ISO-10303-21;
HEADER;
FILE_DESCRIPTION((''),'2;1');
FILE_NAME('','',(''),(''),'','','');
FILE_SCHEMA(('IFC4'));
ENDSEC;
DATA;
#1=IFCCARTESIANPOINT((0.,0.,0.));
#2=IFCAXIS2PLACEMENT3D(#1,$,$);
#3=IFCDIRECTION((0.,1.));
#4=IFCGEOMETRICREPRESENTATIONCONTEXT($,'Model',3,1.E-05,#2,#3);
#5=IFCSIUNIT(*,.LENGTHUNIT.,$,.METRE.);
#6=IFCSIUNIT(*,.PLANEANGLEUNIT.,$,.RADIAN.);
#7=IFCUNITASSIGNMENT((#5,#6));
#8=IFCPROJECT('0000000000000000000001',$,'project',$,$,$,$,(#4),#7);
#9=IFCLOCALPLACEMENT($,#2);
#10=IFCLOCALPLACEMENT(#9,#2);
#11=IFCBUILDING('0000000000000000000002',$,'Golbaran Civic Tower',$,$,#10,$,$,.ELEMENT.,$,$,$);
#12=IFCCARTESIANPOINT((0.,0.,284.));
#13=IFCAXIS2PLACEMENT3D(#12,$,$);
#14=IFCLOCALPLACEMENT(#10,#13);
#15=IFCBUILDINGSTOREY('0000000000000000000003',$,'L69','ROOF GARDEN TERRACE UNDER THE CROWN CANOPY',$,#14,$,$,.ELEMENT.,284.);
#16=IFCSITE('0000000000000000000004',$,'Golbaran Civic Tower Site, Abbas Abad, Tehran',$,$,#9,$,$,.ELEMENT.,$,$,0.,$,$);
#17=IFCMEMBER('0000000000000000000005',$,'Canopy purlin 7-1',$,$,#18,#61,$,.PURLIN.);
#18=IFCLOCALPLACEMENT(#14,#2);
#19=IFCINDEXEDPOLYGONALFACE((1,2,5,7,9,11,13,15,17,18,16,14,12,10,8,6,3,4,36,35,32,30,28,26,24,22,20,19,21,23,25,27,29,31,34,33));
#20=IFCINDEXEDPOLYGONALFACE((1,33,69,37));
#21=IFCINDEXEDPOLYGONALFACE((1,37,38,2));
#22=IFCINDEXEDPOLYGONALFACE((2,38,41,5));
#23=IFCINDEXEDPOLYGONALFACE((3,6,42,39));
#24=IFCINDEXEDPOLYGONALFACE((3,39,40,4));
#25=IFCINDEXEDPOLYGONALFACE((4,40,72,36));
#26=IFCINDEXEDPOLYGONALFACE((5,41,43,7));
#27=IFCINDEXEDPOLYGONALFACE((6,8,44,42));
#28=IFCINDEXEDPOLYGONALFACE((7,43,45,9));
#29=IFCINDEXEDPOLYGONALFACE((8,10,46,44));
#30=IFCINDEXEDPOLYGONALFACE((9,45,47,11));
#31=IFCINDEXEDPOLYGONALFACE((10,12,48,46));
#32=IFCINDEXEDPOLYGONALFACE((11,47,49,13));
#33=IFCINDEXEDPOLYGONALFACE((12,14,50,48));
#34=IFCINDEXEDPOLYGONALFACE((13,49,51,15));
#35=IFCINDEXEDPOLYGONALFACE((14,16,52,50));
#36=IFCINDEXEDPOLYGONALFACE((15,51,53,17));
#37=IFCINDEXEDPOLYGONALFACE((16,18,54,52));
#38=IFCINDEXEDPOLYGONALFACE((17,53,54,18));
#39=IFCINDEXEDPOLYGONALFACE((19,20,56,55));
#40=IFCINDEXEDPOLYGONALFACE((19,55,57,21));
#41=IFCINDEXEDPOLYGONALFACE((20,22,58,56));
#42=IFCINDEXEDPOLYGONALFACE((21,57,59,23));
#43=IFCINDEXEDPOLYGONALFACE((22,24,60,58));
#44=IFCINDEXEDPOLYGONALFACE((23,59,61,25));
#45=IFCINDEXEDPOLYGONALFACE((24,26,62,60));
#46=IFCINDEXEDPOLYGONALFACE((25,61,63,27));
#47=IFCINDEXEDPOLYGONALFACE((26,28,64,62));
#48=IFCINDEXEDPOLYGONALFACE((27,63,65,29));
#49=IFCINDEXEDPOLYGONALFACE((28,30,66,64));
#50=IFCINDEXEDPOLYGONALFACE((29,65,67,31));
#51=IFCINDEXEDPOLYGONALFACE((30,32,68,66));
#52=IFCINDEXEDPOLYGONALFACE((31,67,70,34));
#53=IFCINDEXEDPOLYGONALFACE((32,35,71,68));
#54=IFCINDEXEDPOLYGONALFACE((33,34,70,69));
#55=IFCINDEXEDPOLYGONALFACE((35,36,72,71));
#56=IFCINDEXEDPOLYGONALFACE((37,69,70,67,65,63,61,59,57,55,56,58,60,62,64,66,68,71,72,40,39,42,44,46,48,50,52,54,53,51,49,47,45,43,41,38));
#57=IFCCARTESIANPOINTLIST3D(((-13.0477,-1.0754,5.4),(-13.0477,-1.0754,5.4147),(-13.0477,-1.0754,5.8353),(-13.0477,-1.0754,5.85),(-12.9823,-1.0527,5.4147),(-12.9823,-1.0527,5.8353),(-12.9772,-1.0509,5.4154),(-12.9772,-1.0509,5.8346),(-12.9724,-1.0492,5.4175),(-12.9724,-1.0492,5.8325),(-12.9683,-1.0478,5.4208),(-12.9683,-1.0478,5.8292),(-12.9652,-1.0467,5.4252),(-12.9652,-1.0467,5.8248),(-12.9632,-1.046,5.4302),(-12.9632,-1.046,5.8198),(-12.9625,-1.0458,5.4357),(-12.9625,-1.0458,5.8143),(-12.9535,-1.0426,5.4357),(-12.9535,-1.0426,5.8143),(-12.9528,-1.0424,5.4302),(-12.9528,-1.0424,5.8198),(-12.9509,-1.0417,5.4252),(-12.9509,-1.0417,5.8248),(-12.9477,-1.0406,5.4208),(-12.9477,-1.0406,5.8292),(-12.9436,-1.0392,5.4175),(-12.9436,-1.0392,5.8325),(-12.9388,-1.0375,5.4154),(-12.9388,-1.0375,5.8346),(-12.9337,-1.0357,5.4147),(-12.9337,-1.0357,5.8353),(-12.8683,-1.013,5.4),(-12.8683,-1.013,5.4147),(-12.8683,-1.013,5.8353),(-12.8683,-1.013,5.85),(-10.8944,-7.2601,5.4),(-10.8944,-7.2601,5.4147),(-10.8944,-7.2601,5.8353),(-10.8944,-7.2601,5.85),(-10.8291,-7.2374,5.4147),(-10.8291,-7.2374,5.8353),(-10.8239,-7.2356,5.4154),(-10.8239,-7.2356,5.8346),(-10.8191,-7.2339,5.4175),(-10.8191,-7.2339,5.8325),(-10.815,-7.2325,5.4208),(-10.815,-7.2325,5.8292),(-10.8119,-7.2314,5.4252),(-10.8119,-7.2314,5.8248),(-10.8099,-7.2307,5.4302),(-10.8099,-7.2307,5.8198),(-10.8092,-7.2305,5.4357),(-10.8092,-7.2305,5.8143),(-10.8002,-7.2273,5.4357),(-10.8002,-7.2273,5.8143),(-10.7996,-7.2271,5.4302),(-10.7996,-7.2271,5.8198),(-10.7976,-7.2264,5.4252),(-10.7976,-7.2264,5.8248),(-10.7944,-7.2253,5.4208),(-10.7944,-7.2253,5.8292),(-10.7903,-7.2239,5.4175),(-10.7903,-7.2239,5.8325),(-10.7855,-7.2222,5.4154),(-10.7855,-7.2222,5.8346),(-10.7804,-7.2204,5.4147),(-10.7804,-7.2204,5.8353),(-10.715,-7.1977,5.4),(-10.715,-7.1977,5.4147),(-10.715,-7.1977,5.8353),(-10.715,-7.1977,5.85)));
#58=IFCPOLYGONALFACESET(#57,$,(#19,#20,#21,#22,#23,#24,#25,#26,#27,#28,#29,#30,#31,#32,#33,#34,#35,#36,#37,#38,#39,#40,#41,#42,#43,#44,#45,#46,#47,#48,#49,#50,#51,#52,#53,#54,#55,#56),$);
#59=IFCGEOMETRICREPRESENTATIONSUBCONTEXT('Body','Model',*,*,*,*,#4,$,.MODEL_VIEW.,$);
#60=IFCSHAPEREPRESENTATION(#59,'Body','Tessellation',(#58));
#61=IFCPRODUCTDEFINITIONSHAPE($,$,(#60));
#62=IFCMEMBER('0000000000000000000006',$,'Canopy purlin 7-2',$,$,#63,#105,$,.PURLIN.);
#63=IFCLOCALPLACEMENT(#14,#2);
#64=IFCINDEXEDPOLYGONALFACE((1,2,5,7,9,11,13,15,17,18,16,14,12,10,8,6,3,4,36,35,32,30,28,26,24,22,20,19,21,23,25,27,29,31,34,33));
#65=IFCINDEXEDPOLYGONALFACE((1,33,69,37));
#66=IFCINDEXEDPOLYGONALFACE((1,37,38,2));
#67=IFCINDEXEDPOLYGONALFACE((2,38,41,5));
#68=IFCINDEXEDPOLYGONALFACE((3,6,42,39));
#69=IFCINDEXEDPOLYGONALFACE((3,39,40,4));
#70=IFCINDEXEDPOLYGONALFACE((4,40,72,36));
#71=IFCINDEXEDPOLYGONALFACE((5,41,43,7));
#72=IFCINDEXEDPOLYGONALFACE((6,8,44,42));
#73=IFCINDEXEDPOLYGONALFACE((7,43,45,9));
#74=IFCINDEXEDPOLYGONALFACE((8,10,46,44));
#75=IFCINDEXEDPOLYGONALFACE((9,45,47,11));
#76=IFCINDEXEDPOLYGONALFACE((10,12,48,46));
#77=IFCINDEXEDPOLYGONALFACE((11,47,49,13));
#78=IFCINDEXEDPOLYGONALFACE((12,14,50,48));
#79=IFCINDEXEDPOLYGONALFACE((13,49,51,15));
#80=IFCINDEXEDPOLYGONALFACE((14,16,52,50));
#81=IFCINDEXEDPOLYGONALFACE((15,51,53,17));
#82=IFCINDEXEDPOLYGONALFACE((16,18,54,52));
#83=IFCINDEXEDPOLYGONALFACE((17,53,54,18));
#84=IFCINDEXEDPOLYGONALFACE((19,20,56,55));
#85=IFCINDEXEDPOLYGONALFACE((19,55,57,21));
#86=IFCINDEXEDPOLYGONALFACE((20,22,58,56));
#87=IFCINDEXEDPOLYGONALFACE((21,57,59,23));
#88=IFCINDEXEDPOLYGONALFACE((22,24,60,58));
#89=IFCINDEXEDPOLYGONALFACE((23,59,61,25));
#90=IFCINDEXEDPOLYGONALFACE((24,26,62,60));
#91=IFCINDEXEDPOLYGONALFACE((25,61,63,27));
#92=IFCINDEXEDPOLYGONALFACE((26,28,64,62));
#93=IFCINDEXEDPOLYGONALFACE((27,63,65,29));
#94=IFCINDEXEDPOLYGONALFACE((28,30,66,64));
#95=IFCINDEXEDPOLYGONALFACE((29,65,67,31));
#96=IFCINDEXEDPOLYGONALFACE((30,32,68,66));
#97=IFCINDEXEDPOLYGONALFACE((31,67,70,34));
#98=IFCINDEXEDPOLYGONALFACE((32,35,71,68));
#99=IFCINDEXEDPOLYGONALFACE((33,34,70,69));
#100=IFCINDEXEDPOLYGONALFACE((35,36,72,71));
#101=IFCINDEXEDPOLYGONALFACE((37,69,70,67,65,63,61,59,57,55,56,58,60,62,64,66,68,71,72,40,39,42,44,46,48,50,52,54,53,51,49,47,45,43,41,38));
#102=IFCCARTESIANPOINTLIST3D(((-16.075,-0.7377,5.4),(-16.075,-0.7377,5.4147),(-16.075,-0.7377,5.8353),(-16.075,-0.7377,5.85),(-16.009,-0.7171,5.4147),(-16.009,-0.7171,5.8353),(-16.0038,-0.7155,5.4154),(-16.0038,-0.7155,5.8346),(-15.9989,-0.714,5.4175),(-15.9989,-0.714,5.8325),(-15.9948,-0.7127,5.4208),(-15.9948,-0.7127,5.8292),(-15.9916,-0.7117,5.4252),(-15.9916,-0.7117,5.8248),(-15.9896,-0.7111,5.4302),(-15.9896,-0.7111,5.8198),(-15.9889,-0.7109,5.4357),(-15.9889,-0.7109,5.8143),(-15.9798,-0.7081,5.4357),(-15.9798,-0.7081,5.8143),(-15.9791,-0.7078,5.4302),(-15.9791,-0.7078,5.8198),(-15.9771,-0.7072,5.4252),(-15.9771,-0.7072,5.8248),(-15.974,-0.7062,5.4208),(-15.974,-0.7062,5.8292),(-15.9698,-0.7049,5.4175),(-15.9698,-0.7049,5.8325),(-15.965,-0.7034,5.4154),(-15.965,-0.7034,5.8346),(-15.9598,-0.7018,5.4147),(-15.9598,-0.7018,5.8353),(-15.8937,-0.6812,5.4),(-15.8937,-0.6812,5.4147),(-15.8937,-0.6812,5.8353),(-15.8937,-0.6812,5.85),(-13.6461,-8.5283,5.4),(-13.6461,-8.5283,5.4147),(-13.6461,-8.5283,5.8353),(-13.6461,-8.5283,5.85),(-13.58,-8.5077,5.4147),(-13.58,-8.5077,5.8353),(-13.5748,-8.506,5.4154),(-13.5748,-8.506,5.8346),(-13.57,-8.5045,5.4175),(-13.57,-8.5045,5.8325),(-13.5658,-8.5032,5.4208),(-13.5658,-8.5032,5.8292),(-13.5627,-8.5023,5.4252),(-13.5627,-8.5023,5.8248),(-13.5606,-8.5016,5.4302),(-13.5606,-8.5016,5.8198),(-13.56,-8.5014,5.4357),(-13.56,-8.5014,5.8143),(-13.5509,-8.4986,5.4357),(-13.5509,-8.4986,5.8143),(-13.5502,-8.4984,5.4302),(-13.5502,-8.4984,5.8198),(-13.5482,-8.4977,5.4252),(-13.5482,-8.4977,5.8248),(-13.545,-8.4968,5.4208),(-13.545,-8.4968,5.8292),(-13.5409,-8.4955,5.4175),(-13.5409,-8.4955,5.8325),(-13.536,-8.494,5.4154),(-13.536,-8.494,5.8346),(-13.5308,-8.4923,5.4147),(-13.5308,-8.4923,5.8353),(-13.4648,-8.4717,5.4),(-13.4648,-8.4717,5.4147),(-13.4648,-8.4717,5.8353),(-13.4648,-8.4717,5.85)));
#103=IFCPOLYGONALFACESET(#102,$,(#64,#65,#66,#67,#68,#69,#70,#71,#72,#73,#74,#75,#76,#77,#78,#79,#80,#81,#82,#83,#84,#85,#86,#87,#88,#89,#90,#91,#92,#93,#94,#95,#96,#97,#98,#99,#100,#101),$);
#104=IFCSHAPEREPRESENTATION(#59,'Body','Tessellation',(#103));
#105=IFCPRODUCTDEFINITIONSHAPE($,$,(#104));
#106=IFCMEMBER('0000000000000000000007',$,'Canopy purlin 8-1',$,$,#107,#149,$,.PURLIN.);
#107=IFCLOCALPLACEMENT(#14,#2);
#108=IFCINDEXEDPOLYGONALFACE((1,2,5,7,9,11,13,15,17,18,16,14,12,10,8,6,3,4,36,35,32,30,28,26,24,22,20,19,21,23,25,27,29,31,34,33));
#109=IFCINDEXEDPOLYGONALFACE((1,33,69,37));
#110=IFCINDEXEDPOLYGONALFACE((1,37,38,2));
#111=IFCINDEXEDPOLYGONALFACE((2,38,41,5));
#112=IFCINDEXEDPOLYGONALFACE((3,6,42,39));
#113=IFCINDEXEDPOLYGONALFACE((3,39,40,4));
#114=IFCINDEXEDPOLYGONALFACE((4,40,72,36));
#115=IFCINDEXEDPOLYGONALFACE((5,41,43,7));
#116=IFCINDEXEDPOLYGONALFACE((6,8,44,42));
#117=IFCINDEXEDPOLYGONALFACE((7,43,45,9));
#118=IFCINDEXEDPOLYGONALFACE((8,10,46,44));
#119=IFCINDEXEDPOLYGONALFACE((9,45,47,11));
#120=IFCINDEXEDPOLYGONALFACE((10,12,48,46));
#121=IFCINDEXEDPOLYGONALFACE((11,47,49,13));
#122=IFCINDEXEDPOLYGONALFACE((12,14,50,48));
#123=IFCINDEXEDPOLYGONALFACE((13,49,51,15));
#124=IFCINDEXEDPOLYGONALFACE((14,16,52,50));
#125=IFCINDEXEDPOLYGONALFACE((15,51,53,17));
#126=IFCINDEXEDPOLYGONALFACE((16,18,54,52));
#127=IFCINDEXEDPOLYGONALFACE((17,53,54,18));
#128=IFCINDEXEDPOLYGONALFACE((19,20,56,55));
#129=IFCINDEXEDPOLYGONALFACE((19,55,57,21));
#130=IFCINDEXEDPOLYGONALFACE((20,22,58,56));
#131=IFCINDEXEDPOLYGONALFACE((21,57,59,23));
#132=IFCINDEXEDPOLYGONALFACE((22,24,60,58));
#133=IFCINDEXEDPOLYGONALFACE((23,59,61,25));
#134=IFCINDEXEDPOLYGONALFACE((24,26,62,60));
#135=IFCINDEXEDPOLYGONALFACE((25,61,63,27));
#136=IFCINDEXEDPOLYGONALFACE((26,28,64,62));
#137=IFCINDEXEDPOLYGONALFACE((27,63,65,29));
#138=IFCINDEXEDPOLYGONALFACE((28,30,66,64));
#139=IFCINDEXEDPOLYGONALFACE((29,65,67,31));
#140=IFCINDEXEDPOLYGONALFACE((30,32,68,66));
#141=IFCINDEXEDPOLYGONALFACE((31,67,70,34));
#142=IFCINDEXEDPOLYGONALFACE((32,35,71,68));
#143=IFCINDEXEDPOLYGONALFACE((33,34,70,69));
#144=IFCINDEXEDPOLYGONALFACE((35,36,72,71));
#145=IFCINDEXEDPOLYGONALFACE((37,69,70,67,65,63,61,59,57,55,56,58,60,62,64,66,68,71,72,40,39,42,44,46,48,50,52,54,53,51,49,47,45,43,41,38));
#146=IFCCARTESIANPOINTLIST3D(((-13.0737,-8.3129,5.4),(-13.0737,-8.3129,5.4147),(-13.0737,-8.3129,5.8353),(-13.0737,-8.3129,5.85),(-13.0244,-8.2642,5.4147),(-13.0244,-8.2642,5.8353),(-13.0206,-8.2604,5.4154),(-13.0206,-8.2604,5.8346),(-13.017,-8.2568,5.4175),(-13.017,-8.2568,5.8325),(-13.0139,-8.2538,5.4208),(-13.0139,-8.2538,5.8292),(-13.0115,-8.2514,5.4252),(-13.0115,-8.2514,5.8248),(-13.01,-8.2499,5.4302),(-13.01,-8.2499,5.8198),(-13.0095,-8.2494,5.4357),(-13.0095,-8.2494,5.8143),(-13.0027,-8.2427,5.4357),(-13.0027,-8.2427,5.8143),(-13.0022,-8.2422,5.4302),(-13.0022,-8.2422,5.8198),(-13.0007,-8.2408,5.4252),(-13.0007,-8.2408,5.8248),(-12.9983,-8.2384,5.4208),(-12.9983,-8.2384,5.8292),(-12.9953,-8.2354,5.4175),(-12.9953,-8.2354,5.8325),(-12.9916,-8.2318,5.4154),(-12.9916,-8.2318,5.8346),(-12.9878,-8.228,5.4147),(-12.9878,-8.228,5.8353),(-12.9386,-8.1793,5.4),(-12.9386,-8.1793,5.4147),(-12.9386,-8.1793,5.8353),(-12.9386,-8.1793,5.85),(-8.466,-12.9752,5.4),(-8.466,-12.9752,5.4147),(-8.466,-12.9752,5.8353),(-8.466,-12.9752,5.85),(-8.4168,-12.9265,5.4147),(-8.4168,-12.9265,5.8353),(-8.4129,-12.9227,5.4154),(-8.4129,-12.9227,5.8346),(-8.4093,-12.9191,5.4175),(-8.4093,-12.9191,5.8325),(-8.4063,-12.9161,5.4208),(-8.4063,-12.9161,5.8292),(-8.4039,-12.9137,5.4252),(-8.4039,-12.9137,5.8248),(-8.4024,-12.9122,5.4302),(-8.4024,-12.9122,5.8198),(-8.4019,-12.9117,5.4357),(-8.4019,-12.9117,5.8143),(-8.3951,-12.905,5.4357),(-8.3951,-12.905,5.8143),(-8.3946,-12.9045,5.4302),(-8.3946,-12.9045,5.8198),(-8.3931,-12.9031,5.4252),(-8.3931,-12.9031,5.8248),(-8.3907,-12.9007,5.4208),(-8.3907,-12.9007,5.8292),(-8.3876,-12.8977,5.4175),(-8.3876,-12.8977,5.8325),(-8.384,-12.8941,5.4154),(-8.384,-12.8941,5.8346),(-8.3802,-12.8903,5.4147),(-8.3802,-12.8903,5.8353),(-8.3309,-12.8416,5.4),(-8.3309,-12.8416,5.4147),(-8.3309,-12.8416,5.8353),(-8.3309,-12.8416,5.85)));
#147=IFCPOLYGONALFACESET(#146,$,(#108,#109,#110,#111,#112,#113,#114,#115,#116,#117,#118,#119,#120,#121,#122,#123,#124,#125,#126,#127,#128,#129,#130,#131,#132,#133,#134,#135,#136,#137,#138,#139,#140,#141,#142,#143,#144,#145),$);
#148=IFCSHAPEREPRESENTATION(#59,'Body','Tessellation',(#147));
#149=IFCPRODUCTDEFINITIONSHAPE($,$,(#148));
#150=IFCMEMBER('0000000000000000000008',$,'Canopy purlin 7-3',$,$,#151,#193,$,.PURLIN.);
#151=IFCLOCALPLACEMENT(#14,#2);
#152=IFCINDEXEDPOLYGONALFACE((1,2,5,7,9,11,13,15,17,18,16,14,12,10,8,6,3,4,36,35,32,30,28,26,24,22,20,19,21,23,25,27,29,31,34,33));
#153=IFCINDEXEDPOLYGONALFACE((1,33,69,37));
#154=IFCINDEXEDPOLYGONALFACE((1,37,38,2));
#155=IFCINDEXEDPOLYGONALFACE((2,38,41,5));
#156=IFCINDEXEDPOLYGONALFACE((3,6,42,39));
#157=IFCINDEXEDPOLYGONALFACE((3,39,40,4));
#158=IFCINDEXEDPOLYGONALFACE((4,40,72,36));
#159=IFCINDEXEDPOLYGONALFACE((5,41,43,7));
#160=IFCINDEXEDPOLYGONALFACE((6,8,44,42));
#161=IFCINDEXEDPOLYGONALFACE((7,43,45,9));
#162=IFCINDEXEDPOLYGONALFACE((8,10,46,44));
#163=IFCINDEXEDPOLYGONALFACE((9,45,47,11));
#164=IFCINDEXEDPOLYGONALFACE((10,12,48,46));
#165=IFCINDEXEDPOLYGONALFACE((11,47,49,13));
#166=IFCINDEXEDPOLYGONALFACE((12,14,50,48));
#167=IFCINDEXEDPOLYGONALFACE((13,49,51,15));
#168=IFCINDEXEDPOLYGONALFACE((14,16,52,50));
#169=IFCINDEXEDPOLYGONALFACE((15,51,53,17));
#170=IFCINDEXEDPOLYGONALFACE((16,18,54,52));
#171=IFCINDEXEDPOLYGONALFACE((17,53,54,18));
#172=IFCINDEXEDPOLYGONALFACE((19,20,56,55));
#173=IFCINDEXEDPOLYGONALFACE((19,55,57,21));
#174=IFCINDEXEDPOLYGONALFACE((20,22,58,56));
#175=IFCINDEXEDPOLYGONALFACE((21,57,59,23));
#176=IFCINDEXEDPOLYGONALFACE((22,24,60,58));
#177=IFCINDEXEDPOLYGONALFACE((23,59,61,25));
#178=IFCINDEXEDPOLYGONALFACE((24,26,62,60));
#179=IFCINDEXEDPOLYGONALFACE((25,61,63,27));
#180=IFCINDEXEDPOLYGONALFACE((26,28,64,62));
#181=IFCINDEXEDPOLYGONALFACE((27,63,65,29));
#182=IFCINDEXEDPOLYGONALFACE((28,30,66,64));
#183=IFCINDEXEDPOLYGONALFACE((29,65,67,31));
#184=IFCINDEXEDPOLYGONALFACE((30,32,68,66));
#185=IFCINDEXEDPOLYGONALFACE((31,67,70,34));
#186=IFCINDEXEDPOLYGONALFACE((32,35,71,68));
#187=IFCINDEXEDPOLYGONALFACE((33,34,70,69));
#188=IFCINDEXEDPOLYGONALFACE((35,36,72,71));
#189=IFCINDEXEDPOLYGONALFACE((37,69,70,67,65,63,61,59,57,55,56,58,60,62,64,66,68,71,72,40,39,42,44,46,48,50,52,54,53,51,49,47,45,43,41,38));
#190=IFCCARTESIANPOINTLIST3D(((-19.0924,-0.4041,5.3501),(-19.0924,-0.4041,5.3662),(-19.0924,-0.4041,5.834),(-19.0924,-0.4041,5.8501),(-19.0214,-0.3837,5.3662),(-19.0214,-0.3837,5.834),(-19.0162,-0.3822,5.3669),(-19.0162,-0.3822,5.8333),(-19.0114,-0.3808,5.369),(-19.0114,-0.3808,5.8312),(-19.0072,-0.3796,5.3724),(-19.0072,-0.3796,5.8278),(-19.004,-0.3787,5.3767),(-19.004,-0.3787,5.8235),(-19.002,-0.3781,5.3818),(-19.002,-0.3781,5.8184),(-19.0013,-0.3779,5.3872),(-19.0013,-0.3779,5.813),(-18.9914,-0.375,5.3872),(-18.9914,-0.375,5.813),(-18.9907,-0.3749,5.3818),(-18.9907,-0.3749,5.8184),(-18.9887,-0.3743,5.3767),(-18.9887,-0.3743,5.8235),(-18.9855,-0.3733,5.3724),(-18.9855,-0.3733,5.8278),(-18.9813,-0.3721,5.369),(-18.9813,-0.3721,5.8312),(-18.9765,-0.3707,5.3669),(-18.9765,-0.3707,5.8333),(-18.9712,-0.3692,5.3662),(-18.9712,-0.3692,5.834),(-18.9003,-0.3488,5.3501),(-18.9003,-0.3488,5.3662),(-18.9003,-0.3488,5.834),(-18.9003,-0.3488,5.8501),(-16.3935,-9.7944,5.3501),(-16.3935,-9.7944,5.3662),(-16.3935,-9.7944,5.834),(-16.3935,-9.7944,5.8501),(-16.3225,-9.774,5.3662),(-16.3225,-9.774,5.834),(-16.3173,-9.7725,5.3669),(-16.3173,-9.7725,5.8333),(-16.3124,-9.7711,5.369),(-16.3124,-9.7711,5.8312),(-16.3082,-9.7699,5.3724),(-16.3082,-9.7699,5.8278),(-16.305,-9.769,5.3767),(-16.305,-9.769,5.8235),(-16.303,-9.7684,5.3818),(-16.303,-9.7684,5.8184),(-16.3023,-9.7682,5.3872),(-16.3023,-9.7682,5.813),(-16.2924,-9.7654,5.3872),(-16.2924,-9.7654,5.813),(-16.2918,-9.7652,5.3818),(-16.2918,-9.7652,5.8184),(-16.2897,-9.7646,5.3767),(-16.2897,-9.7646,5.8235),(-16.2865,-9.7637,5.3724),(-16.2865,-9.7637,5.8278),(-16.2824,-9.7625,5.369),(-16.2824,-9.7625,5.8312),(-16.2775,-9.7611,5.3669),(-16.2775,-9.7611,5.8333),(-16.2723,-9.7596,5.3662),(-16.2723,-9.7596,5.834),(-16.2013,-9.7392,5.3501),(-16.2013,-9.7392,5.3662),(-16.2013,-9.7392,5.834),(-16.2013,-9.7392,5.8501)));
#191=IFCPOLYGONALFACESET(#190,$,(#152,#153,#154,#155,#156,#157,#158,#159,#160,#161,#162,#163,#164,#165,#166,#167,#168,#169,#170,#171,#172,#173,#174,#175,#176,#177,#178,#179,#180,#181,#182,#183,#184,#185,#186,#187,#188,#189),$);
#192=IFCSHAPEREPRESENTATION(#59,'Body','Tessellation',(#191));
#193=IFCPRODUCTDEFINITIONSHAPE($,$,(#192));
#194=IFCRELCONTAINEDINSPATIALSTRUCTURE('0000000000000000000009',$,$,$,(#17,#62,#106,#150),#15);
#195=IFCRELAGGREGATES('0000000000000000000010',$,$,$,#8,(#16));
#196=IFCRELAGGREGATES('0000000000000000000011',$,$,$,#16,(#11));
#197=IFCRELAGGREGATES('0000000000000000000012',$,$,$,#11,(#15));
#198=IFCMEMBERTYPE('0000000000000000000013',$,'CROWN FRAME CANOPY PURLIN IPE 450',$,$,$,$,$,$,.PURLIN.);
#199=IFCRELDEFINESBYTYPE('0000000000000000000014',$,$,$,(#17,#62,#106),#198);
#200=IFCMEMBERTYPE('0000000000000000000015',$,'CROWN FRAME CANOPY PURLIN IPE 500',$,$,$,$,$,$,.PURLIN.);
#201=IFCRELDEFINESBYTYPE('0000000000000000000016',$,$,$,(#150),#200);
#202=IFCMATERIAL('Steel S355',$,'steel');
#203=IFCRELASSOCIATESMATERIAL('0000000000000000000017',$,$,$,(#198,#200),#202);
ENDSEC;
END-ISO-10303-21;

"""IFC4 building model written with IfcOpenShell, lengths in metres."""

from ifc_helpers import new_model, si_unit, direction, frame, origin, origin_2d, place, context, subcontext, project, spatial, i_section, extrude, material, material_profile, profile_set, type_object, element, save


model = new_model("IFC4")

# Units and contexts
model_context = context("Model", 3, precision=1e-05, world=origin(), true_north=direction((0.0, 1.0)))
body_context = subcontext(model_context, "Body", "Model", "MODEL_VIEW")
ifc_project = project(units=[si_unit("LENGTHUNIT", "METRE"), si_unit("PLANEANGLEUNIT", "RADIAN")], contexts=[model_context])

# Site, building, storey
site_placement = place(None, origin())
site = spatial("IfcSite", under=ifc_project, at=site_placement, Name="Golbaran Civic Tower Site, Abbas Abad, Tehran", CompositionType="ELEMENT", RefElevation=0.0)
building_placement = place(site_placement, origin())
building = spatial("IfcBuilding", under=site, at=building_placement, Name="Golbaran Civic Tower", CompositionType="ELEMENT")
storey_placement = place(building_placement, frame((0.0, 0.0, 284.0)))
storey = spatial("IfcBuildingStorey", under=building, at=storey_placement, Name="L69", Description="ROOF GARDEN TERRACE UNDER THE CROWN CANOPY", CompositionType="ELEMENT", Elevation=284.0)

# Members
ifc_material_1 = material(Name="Steel S355", Category="steel")
ifc_material_profile_1 = material_profile(ifc_material_1, i_section(OverallWidth=0.1899, OverallDepth=0.45, WebThickness=0.0095, FlangeThickness=0.0146, FilletRadius=0.021, at=origin_2d()), Name="IPE 450")
ifc_profile_set_1 = profile_set([ifc_material_profile_1], Name="Steel S355")
member_type_1 = type_object("IfcMemberType", Name="CROWN FRAME CANOPY PURLIN IPE 450", PredefinedType="PURLIN", material=ifc_profile_set_1)
member_1_placement = place(storey_placement, frame((-12.958, -1.0442, 5.625), z_axis=(0.328804, -0.944398, 0.0), x_axis=(0.944398, 0.328804, 0.0)))
element("IfcMember", 1, at=member_1_placement, inside=storey, type_object=member_type_1, Name="Canopy purlin 7-1", PredefinedType="PURLIN", context=body_context, shape_type="SweptSolid", body=[
    extrude(i_section(OverallWidth=0.1899, OverallDepth=0.45, WebThickness=0.0095, FlangeThickness=0.0146, FilletRadius=0.021, at=origin_2d()), origin(), (0.0, 0.0, 1.0), 6.5488),
])
member_2_placement = place(storey_placement, frame((-15.9844, -0.7095, 5.625), z_axis=(0.297651, -0.954675, 0.0), x_axis=(0.954675, 0.297651, 0.0)))
element("IfcMember", 2, at=member_2_placement, inside=storey, type_object=member_type_1, Name="Canopy purlin 7-2", PredefinedType="PURLIN", context=body_context, shape_type="SweptSolid", body=[
    extrude(i_section(OverallWidth=0.1899, OverallDepth=0.45, WebThickness=0.0095, FlangeThickness=0.0146, FilletRadius=0.021, at=origin_2d()), origin(), (0.0, 0.0, 1.0), 8.1604),
])
member_3_placement = place(storey_placement, frame((-13.0061, -8.2461, 5.625), z_axis=(0.702923, -0.711266, 0.0), x_axis=(0.711266, 0.702923, 0.0)))
element("IfcMember", 3, at=member_3_placement, inside=storey, type_object=member_type_1, Name="Canopy purlin 8-1", PredefinedType="PURLIN", context=body_context, shape_type="SweptSolid", body=[
    extrude(i_section(OverallWidth=0.1899, OverallDepth=0.45, WebThickness=0.0095, FlangeThickness=0.0146, FilletRadius=0.021, at=origin_2d()), origin(), (0.0, 0.0, 1.0), 6.5549),
])
ifc_material_profile_2 = material_profile(ifc_material_1, i_section(OverallWidth=0.2, OverallDepth=0.5, WebThickness=0.0103, FlangeThickness=0.0161, FilletRadius=0.021, at=origin_2d()), Name="IPE 500")
ifc_profile_set_2 = profile_set([ifc_material_profile_2], Name="Steel S355")
member_type_2 = type_object("IfcMemberType", Name="CROWN FRAME CANOPY PURLIN IPE 500", PredefinedType="PURLIN", material=ifc_profile_set_2)
member_4_placement = place(storey_placement, frame((-18.9963, -0.3765, 5.6001), z_axis=(0.276236, -0.96109, 0.0), x_axis=(0.96109, 0.276236, 0.0)))
element("IfcMember", 4, at=member_4_placement, inside=storey, type_object=member_type_2, Name="Canopy purlin 7-3", PredefinedType="PURLIN", context=body_context, shape_type="SweptSolid", body=[
    extrude(i_section(OverallWidth=0.2, OverallDepth=0.5, WebThickness=0.0103, FlangeThickness=0.0161, FilletRadius=0.021, at=origin_2d()), origin(), (0.0, 0.0, 1.0), 9.7705),
])

save(model, "model.ifc")
